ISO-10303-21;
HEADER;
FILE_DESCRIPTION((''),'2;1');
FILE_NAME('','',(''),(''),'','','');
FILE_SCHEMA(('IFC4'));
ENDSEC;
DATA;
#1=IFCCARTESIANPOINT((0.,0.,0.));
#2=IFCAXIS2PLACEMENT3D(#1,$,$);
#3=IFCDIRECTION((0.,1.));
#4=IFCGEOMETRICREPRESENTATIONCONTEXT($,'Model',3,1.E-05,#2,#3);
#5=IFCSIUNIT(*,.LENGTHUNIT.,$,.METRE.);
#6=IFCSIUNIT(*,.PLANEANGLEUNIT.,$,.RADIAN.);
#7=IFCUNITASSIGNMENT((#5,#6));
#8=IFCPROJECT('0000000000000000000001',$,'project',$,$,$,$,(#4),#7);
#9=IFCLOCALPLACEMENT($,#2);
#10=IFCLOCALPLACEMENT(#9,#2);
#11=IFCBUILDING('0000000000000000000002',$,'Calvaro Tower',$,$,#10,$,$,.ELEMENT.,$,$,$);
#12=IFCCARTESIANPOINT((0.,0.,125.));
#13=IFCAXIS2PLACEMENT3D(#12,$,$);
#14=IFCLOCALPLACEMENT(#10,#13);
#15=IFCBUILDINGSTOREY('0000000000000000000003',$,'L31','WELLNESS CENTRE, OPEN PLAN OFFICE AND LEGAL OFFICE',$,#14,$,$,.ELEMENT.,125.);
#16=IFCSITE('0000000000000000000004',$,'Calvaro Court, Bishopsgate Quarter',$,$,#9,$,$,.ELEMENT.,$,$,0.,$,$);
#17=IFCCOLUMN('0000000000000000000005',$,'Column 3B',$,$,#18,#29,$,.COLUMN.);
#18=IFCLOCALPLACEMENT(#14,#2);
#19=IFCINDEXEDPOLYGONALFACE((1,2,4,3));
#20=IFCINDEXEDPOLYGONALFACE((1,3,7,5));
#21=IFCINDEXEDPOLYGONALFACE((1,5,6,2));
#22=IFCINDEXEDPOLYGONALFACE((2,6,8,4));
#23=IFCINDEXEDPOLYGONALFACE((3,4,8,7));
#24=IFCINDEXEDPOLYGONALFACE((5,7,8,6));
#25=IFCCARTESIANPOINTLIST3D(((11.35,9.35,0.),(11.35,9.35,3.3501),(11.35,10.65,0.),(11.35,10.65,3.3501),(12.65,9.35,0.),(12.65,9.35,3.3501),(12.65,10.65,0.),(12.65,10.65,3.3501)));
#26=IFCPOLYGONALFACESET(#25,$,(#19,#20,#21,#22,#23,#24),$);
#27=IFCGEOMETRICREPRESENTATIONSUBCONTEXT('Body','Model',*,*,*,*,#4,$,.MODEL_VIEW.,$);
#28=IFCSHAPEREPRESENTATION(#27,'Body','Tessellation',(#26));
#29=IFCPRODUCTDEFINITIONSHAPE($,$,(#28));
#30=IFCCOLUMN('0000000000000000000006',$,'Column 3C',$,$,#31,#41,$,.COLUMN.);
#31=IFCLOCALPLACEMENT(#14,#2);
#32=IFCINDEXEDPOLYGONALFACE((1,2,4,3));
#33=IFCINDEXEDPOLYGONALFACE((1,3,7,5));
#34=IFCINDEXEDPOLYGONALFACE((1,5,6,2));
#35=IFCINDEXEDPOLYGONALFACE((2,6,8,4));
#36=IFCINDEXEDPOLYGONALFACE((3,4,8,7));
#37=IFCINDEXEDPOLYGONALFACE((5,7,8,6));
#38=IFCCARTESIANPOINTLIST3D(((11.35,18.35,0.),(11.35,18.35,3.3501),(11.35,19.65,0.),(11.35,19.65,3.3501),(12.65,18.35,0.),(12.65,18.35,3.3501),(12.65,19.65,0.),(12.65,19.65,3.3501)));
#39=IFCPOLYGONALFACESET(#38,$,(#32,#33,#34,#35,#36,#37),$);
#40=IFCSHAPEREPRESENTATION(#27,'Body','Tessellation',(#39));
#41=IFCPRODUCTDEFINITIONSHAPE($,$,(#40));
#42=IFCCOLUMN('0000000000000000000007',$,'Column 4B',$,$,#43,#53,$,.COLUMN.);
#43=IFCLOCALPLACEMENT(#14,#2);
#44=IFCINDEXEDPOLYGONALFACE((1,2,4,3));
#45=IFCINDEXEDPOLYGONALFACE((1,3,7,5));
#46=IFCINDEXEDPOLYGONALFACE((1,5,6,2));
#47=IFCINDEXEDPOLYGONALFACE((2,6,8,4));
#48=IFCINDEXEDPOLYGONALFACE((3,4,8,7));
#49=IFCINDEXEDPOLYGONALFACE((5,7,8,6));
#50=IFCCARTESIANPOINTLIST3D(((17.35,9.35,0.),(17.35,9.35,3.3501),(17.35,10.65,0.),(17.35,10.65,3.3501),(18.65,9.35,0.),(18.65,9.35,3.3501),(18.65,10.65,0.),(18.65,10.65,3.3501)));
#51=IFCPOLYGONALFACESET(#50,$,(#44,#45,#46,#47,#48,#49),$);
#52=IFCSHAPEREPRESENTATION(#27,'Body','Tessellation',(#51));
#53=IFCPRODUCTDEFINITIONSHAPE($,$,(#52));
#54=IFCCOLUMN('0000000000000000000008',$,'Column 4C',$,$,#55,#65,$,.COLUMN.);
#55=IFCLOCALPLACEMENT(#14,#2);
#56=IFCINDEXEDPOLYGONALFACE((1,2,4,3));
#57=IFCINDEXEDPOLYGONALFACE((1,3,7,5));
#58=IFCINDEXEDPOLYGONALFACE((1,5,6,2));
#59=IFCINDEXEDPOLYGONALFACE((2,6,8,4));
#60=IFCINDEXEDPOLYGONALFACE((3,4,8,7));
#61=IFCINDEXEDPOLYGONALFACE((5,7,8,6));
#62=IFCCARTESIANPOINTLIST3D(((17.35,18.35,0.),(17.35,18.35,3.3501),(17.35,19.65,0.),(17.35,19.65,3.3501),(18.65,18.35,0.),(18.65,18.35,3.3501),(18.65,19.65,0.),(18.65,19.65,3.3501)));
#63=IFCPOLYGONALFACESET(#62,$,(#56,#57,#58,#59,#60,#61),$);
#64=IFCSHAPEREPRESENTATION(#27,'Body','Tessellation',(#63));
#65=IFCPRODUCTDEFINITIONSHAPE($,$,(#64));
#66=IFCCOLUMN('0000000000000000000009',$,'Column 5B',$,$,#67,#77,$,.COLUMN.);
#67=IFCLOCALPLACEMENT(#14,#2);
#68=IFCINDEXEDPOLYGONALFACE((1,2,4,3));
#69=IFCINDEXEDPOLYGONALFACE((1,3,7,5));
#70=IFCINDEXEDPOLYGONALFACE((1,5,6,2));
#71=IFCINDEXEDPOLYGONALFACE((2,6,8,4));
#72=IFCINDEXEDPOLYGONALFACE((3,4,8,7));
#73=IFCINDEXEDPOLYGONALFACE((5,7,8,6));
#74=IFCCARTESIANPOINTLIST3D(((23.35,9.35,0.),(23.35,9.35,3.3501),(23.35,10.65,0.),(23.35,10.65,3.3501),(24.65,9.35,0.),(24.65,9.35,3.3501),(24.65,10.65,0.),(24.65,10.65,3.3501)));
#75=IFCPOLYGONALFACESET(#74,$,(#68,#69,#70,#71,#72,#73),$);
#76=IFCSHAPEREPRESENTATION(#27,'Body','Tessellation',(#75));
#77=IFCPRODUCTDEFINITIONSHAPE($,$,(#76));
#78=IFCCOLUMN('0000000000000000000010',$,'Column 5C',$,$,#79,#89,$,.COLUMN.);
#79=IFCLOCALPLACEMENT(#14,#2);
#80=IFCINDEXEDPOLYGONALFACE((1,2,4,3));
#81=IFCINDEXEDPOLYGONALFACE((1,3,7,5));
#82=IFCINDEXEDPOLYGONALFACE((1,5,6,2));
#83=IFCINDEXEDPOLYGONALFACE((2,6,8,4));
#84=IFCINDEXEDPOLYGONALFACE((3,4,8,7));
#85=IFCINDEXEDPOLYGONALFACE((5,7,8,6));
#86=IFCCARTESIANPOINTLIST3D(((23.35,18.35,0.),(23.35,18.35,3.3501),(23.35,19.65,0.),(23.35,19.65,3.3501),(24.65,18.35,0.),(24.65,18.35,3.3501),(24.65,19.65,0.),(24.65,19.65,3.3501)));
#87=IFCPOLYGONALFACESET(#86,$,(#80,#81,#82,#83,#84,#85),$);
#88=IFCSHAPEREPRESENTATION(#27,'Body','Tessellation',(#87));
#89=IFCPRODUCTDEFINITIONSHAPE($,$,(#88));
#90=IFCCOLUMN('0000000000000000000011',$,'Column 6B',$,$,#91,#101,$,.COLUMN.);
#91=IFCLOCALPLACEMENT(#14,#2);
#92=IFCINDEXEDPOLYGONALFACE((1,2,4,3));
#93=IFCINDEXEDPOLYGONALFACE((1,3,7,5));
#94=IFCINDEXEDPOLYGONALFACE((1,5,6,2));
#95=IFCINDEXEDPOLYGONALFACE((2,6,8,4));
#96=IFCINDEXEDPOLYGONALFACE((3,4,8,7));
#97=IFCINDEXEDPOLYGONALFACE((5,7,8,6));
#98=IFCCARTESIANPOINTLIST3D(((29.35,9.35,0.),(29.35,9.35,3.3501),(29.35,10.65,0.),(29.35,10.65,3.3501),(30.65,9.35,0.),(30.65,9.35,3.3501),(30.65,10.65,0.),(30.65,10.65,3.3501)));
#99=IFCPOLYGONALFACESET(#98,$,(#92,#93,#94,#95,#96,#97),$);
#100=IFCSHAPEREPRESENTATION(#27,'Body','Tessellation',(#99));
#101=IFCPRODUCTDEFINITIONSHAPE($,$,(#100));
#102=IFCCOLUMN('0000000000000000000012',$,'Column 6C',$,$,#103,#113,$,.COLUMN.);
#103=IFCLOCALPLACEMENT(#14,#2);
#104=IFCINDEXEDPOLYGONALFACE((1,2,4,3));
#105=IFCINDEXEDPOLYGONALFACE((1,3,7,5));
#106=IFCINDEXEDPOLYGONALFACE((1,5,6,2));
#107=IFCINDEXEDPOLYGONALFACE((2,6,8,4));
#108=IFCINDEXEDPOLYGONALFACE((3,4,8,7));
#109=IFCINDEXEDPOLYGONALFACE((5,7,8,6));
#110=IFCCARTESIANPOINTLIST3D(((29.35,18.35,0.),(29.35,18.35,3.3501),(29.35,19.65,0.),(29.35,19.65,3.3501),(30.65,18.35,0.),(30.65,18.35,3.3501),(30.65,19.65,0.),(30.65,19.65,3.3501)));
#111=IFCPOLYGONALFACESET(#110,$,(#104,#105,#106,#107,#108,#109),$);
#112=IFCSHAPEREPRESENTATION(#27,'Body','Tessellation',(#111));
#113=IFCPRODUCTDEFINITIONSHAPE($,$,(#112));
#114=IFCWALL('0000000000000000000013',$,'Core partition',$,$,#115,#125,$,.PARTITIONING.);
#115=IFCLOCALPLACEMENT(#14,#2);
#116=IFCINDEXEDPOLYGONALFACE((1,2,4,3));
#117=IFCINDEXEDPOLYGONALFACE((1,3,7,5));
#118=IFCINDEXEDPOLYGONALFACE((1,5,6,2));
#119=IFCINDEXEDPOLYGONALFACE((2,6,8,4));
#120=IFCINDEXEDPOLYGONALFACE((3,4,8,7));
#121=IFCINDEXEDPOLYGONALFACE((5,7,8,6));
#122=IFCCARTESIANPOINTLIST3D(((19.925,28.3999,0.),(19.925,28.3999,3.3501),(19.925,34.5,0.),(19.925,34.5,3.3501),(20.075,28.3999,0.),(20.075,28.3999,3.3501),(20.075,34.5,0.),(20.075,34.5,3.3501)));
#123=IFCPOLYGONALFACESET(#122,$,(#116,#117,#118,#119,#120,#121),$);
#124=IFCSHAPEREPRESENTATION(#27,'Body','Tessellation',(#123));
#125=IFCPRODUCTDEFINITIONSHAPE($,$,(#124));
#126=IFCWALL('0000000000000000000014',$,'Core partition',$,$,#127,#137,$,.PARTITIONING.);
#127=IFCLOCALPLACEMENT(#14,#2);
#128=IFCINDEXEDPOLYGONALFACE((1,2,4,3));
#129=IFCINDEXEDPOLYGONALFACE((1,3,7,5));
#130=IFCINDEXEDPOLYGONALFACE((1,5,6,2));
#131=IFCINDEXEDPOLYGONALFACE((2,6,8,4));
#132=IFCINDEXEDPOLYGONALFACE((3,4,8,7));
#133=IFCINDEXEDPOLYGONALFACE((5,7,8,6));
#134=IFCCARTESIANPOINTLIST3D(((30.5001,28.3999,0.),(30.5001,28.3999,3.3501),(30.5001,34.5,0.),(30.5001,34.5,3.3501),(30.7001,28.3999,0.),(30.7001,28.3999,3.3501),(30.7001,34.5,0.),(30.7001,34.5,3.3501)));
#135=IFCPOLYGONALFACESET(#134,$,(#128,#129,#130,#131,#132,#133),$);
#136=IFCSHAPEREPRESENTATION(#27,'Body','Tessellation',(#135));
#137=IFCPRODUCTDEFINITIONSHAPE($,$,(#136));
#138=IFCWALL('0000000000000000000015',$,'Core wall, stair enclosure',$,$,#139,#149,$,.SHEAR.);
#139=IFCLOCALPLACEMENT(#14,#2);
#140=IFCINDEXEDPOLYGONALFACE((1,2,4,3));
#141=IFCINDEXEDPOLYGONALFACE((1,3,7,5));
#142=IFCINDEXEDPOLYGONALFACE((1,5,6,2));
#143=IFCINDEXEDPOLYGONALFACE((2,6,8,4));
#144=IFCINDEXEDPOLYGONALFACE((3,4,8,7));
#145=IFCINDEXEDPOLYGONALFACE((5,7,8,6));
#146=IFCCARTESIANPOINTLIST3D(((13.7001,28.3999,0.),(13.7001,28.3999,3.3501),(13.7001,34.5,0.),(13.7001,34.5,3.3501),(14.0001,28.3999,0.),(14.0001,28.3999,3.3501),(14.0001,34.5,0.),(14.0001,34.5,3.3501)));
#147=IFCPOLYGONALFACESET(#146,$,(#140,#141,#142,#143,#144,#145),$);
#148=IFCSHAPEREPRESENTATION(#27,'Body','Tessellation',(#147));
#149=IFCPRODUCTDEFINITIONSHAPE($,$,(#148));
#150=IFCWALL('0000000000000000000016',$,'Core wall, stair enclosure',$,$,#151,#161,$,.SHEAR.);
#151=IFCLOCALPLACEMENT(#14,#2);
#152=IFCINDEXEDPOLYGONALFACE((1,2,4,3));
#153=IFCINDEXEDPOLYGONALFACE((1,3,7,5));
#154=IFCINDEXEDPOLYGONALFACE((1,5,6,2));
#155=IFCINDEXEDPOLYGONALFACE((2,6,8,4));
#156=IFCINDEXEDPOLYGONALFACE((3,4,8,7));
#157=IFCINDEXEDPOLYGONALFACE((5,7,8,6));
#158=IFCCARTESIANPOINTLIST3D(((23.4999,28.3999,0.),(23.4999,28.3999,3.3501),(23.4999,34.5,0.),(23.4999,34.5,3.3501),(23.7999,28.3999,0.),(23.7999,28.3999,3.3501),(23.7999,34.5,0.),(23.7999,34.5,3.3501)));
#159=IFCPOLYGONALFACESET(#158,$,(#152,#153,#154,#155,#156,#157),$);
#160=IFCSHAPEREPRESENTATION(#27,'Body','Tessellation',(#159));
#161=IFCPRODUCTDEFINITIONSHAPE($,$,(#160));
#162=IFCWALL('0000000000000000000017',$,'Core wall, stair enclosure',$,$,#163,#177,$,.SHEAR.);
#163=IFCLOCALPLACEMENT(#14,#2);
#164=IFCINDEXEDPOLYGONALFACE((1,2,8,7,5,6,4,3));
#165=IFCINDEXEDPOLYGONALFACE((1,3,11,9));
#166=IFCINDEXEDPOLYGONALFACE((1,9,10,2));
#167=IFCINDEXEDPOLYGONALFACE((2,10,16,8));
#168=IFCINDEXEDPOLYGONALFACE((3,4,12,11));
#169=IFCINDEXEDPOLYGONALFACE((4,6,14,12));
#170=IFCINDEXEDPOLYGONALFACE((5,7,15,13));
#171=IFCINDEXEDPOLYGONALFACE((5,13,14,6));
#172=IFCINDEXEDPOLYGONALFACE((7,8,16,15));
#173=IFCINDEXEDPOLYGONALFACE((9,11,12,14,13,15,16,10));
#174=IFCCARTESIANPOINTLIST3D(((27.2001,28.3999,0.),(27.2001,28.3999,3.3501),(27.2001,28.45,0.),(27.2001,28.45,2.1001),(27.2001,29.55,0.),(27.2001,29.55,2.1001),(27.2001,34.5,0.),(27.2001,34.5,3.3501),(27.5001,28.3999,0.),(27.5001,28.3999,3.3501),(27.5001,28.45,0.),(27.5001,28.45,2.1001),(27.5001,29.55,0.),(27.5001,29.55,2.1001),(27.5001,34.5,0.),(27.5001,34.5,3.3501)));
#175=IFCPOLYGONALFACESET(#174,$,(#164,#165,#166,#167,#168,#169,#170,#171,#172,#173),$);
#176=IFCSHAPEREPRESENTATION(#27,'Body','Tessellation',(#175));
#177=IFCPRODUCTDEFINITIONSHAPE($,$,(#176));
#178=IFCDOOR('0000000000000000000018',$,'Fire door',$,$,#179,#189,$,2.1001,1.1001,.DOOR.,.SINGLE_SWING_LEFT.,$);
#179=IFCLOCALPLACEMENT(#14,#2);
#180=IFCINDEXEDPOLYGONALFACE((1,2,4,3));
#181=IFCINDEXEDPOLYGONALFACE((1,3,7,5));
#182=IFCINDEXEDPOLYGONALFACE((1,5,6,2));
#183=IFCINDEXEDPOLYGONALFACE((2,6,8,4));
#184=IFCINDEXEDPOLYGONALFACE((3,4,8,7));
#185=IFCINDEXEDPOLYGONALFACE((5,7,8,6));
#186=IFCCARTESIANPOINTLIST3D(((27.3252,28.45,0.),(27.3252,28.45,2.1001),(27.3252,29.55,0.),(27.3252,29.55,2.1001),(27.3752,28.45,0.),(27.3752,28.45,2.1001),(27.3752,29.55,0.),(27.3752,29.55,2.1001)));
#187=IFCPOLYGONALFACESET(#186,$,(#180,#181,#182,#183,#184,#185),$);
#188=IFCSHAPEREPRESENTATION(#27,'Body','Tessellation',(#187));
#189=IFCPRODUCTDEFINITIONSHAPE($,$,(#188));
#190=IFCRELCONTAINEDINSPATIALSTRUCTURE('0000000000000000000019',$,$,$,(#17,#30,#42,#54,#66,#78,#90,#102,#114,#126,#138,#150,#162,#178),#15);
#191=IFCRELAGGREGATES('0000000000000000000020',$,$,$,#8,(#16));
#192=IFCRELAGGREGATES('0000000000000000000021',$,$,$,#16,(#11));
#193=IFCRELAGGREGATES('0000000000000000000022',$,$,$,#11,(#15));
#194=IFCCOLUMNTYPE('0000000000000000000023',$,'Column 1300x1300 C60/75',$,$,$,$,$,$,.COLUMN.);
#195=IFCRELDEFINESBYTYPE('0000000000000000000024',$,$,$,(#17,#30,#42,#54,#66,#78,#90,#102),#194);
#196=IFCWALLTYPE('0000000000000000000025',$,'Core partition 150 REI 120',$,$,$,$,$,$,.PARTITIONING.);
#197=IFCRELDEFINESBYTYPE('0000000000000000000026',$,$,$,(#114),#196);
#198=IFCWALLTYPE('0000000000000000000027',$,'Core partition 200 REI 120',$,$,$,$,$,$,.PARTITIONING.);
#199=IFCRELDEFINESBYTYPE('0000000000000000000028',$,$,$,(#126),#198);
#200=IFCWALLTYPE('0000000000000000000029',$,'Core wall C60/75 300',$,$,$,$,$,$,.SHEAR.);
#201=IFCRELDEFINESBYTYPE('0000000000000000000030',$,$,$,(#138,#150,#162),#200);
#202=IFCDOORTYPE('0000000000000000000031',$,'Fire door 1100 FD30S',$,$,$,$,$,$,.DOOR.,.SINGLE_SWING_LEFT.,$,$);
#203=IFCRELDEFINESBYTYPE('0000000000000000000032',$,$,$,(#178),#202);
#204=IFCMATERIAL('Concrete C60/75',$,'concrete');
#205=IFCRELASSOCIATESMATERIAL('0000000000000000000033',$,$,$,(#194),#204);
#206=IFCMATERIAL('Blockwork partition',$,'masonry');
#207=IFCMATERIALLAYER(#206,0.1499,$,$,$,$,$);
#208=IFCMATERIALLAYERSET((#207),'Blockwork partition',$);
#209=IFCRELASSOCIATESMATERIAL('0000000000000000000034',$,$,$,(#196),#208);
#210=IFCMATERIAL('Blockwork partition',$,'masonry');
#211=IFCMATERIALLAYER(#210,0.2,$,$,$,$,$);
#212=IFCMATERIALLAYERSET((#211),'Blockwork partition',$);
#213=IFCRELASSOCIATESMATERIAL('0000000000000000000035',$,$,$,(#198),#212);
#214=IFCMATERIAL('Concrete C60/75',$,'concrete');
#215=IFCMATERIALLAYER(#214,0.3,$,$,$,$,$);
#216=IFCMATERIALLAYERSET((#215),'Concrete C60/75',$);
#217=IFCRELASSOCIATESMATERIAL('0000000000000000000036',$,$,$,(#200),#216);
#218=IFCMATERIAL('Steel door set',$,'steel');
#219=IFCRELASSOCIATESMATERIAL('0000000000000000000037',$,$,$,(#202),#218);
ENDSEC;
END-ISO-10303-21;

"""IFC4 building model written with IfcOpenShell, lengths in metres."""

from ifc_helpers import new_model, si_unit, direction, frame, frame_2d, origin, origin_2d, place, context, subcontext, project, spatial, rectangle, extrude, material, layer, layer_set, material_profile, profile_set, type_object, element, fill, save


model = new_model("IFC4")

# Units and contexts
model_context = context("Model", 3, precision=1e-05, world=origin(), true_north=direction((0.0, 1.0)))
body_context = subcontext(model_context, "Body", "Model", "MODEL_VIEW")
ifc_project = project(units=[si_unit("LENGTHUNIT", "METRE"), si_unit("PLANEANGLEUNIT", "RADIAN")], contexts=[model_context])

# Site, building, storey
site_placement = place(None, origin())
site = spatial("IfcSite", under=ifc_project, at=site_placement, Name="Calvaro Court, Bishopsgate Quarter", CompositionType="ELEMENT", RefElevation=0.0)
building_placement = place(site_placement, origin())
building = spatial("IfcBuilding", under=site, at=building_placement, Name="Calvaro Tower", CompositionType="ELEMENT")
storey_placement = place(building_placement, frame((0.0, 0.0, 125.0)))
storey = spatial("IfcBuildingStorey", under=building, at=storey_placement, Name="L31", Description="WELLNESS CENTRE, OPEN PLAN OFFICE AND LEGAL OFFICE", CompositionType="ELEMENT", Elevation=125.0)

# Columns
ifc_material_1 = material(Name="Concrete C60/75", Category="concrete")
ifc_material_profile = material_profile(ifc_material_1, rectangle(XDim=1.3, YDim=1.3, at=origin_2d()), Name="RC 1300x1300")
ifc_profile_set = profile_set([ifc_material_profile], Name="Concrete C60/75")
column_type = type_object("IfcColumnType", Name="Column 1300x1300 C60/75", PredefinedType="COLUMN", material=ifc_profile_set)
for number, where, z_axis, x_axis, name in (
    (1, (12.0, 10.0, 0.0), (0.0, 0.0, 1.0), (1.0, 0.0, 0.0), "Column 3B"),
    (2, (12.0, 19.0, 0.0), (0.0, 0.0, 1.0), (1.0, 0.0, 0.0), "Column 3C"),
    (3, (18.0, 10.0, 0.0), (0.0, 0.0, 1.0), (1.0, 0.0, 0.0), "Column 4B"),
    (4, (18.0, 19.0, 0.0), (0.0, 0.0, 1.0), (1.0, 0.0, 0.0), "Column 4C"),
    (5, (24.0, 10.0, 0.0), (0.0, 0.0, 1.0), (1.0, 0.0, 0.0), "Column 5B"),
    (6, (24.0, 19.0, 0.0), (0.0, 0.0, 1.0), (1.0, 0.0, 0.0), "Column 5C"),
    (7, (30.0, 10.0, 0.0), (0.0, 0.0, 1.0), (1.0, 0.0, 0.0), "Column 6B"),
    (8, (30.0, 19.0, 0.0), (0.0, 0.0, 1.0), (1.0, 0.0, 0.0), "Column 6C"),
):
    element("IfcColumn", number, at=place(storey_placement, frame(where, z_axis=z_axis, x_axis=x_axis)), inside=storey, type_object=column_type, Name=name, PredefinedType="COLUMN", context=body_context, shape_type="SweptSolid", body=[
        extrude(rectangle(XDim=1.3, YDim=1.3, at=origin_2d()), origin(), (0.0, 0.0, 1.0), 3.3501),
    ])

# Walls
ifc_material_2 = material(Name="Blockwork partition", Category="masonry")
ifc_layer_1 = layer(ifc_material_2, 0.1499)
ifc_layer_set_1 = layer_set([ifc_layer_1], Name="Blockwork partition")
wall_type_1 = type_object("IfcWallType", Name="Core partition 150 REI 120", PredefinedType="PARTITIONING", material=ifc_layer_set_1)
wall_1_placement = place(storey_placement, frame((20.0, 28.3999, 0.0), z_axis=(0.0, 0.0, 1.0), x_axis=(0.0, 1.0, 0.0)))
element("IfcWall", 9, at=wall_1_placement, inside=storey, type_object=wall_type_1, Name="Core partition", PredefinedType="PARTITIONING", context=body_context, shape_type="SweptSolid", body=[
    extrude(rectangle(XDim=6.1001, YDim=0.1499, at=frame_2d((3.05, 0.0))), origin(), (0.0, 0.0, 1.0), 3.3501),
])
ifc_material_3 = material(Name="Blockwork partition", Category="masonry")
ifc_layer_2 = layer(ifc_material_3, 0.2)
ifc_layer_set_2 = layer_set([ifc_layer_2], Name="Blockwork partition")
wall_type_2 = type_object("IfcWallType", Name="Core partition 200 REI 120", PredefinedType="PARTITIONING", material=ifc_layer_set_2)
wall_2_placement = place(storey_placement, frame((30.6001, 28.3999, 0.0), z_axis=(0.0, 0.0, 1.0), x_axis=(0.0, 1.0, 0.0)))
element("IfcWall", 10, at=wall_2_placement, inside=storey, type_object=wall_type_2, Name="Core partition", PredefinedType="PARTITIONING", context=body_context, shape_type="SweptSolid", body=[
    extrude(rectangle(XDim=6.1001, YDim=0.2, at=frame_2d((3.05, 0.0))), origin(), (0.0, 0.0, 1.0), 3.3501),
])
ifc_material_4 = material(Name="Concrete C60/75", Category="concrete")
ifc_layer_3 = layer(ifc_material_4, 0.3)
ifc_layer_set_3 = layer_set([ifc_layer_3], Name="Concrete C60/75")
wall_type_3 = type_object("IfcWallType", Name="Core wall C60/75 300", PredefinedType="SHEAR", material=ifc_layer_set_3)
for number, where, z_axis, x_axis, name in (
    (11, (13.8501, 28.3999, 0.0), (0.0, 0.0, 1.0), (0.0, 1.0, 0.0), "Core wall, stair enclosure"),
    (12, (23.6499, 28.3999, 0.0), (0.0, 0.0, 1.0), (0.0, 1.0, 0.0), "Core wall, stair enclosure"),
):
    element("IfcWall", number, at=place(storey_placement, frame(where, z_axis=z_axis, x_axis=x_axis)), inside=storey, type_object=wall_type_3, Name=name, PredefinedType="SHEAR", context=body_context, shape_type="SweptSolid", body=[
        extrude(rectangle(XDim=6.1001, YDim=0.3, at=frame_2d((3.05, 0.0))), origin(), (0.0, 0.0, 1.0), 3.3501),
    ])

# Wall, opening, door
wall_3_placement = place(storey_placement, frame((27.3501, 28.3999, 0.0), z_axis=(0.0, 0.0, 1.0), x_axis=(0.0, 1.0, 0.0)))
wall_3 = element("IfcWall", 13, at=wall_3_placement, inside=storey, type_object=wall_type_3, Name="Core wall, stair enclosure", PredefinedType="SHEAR", context=body_context, shape_type="SweptSolid", body=[
    extrude(rectangle(XDim=6.1001, YDim=0.3, at=frame_2d((3.05, 0.0))), origin(), (0.0, 0.0, 1.0), 3.3501),
])
opening_1_placement = place(wall_3_placement, frame((0.05, 0.0, 0.0)))
opening_1 = element("IfcOpeningElement", 14, at=opening_1_placement, cuts=wall_3, PredefinedType="OPENING", context=body_context, shape_type="SweptSolid", body=[
    extrude(rectangle(XDim=1.1001, YDim=2.1001, at=frame_2d((0.55, 1.05))), frame((0.0, 0.1599, 0.0), z_axis=(0.0, -1.0, 0.0), x_axis=(1.0, 0.0, 0.0)), (0.0, 0.0, 1.0), 0.3201),
])
ifc_material_5 = material(Name="Steel door set", Category="steel")
door_type_1 = type_object("IfcDoorType", Name="Fire door 1100 FD30S", OperationType="SINGLE_SWING_LEFT", PredefinedType="DOOR", material=ifc_material_5)
door_1_placement = place(opening_1_placement, origin())
door_1 = element("IfcDoor", 15, at=door_1_placement, inside=storey, type_object=door_type_1, Name="Fire door", OperationType="SINGLE_SWING_LEFT", OverallHeight=2.1001, OverallWidth=1.1001, PredefinedType="DOOR", context=body_context, shape_type="SweptSolid", body=[
    extrude(rectangle(XDim=1.1001, YDim=2.1001, at=frame_2d((0.55, 1.05))), frame((0.0, 0.0249, 0.0), z_axis=(0.0, -1.0, 0.0), x_axis=(1.0, 0.0, 0.0)), (0.0, 0.0, 1.0), 0.05),
])
fill(opening_1, door_1)

save(model, "model.ifc")
